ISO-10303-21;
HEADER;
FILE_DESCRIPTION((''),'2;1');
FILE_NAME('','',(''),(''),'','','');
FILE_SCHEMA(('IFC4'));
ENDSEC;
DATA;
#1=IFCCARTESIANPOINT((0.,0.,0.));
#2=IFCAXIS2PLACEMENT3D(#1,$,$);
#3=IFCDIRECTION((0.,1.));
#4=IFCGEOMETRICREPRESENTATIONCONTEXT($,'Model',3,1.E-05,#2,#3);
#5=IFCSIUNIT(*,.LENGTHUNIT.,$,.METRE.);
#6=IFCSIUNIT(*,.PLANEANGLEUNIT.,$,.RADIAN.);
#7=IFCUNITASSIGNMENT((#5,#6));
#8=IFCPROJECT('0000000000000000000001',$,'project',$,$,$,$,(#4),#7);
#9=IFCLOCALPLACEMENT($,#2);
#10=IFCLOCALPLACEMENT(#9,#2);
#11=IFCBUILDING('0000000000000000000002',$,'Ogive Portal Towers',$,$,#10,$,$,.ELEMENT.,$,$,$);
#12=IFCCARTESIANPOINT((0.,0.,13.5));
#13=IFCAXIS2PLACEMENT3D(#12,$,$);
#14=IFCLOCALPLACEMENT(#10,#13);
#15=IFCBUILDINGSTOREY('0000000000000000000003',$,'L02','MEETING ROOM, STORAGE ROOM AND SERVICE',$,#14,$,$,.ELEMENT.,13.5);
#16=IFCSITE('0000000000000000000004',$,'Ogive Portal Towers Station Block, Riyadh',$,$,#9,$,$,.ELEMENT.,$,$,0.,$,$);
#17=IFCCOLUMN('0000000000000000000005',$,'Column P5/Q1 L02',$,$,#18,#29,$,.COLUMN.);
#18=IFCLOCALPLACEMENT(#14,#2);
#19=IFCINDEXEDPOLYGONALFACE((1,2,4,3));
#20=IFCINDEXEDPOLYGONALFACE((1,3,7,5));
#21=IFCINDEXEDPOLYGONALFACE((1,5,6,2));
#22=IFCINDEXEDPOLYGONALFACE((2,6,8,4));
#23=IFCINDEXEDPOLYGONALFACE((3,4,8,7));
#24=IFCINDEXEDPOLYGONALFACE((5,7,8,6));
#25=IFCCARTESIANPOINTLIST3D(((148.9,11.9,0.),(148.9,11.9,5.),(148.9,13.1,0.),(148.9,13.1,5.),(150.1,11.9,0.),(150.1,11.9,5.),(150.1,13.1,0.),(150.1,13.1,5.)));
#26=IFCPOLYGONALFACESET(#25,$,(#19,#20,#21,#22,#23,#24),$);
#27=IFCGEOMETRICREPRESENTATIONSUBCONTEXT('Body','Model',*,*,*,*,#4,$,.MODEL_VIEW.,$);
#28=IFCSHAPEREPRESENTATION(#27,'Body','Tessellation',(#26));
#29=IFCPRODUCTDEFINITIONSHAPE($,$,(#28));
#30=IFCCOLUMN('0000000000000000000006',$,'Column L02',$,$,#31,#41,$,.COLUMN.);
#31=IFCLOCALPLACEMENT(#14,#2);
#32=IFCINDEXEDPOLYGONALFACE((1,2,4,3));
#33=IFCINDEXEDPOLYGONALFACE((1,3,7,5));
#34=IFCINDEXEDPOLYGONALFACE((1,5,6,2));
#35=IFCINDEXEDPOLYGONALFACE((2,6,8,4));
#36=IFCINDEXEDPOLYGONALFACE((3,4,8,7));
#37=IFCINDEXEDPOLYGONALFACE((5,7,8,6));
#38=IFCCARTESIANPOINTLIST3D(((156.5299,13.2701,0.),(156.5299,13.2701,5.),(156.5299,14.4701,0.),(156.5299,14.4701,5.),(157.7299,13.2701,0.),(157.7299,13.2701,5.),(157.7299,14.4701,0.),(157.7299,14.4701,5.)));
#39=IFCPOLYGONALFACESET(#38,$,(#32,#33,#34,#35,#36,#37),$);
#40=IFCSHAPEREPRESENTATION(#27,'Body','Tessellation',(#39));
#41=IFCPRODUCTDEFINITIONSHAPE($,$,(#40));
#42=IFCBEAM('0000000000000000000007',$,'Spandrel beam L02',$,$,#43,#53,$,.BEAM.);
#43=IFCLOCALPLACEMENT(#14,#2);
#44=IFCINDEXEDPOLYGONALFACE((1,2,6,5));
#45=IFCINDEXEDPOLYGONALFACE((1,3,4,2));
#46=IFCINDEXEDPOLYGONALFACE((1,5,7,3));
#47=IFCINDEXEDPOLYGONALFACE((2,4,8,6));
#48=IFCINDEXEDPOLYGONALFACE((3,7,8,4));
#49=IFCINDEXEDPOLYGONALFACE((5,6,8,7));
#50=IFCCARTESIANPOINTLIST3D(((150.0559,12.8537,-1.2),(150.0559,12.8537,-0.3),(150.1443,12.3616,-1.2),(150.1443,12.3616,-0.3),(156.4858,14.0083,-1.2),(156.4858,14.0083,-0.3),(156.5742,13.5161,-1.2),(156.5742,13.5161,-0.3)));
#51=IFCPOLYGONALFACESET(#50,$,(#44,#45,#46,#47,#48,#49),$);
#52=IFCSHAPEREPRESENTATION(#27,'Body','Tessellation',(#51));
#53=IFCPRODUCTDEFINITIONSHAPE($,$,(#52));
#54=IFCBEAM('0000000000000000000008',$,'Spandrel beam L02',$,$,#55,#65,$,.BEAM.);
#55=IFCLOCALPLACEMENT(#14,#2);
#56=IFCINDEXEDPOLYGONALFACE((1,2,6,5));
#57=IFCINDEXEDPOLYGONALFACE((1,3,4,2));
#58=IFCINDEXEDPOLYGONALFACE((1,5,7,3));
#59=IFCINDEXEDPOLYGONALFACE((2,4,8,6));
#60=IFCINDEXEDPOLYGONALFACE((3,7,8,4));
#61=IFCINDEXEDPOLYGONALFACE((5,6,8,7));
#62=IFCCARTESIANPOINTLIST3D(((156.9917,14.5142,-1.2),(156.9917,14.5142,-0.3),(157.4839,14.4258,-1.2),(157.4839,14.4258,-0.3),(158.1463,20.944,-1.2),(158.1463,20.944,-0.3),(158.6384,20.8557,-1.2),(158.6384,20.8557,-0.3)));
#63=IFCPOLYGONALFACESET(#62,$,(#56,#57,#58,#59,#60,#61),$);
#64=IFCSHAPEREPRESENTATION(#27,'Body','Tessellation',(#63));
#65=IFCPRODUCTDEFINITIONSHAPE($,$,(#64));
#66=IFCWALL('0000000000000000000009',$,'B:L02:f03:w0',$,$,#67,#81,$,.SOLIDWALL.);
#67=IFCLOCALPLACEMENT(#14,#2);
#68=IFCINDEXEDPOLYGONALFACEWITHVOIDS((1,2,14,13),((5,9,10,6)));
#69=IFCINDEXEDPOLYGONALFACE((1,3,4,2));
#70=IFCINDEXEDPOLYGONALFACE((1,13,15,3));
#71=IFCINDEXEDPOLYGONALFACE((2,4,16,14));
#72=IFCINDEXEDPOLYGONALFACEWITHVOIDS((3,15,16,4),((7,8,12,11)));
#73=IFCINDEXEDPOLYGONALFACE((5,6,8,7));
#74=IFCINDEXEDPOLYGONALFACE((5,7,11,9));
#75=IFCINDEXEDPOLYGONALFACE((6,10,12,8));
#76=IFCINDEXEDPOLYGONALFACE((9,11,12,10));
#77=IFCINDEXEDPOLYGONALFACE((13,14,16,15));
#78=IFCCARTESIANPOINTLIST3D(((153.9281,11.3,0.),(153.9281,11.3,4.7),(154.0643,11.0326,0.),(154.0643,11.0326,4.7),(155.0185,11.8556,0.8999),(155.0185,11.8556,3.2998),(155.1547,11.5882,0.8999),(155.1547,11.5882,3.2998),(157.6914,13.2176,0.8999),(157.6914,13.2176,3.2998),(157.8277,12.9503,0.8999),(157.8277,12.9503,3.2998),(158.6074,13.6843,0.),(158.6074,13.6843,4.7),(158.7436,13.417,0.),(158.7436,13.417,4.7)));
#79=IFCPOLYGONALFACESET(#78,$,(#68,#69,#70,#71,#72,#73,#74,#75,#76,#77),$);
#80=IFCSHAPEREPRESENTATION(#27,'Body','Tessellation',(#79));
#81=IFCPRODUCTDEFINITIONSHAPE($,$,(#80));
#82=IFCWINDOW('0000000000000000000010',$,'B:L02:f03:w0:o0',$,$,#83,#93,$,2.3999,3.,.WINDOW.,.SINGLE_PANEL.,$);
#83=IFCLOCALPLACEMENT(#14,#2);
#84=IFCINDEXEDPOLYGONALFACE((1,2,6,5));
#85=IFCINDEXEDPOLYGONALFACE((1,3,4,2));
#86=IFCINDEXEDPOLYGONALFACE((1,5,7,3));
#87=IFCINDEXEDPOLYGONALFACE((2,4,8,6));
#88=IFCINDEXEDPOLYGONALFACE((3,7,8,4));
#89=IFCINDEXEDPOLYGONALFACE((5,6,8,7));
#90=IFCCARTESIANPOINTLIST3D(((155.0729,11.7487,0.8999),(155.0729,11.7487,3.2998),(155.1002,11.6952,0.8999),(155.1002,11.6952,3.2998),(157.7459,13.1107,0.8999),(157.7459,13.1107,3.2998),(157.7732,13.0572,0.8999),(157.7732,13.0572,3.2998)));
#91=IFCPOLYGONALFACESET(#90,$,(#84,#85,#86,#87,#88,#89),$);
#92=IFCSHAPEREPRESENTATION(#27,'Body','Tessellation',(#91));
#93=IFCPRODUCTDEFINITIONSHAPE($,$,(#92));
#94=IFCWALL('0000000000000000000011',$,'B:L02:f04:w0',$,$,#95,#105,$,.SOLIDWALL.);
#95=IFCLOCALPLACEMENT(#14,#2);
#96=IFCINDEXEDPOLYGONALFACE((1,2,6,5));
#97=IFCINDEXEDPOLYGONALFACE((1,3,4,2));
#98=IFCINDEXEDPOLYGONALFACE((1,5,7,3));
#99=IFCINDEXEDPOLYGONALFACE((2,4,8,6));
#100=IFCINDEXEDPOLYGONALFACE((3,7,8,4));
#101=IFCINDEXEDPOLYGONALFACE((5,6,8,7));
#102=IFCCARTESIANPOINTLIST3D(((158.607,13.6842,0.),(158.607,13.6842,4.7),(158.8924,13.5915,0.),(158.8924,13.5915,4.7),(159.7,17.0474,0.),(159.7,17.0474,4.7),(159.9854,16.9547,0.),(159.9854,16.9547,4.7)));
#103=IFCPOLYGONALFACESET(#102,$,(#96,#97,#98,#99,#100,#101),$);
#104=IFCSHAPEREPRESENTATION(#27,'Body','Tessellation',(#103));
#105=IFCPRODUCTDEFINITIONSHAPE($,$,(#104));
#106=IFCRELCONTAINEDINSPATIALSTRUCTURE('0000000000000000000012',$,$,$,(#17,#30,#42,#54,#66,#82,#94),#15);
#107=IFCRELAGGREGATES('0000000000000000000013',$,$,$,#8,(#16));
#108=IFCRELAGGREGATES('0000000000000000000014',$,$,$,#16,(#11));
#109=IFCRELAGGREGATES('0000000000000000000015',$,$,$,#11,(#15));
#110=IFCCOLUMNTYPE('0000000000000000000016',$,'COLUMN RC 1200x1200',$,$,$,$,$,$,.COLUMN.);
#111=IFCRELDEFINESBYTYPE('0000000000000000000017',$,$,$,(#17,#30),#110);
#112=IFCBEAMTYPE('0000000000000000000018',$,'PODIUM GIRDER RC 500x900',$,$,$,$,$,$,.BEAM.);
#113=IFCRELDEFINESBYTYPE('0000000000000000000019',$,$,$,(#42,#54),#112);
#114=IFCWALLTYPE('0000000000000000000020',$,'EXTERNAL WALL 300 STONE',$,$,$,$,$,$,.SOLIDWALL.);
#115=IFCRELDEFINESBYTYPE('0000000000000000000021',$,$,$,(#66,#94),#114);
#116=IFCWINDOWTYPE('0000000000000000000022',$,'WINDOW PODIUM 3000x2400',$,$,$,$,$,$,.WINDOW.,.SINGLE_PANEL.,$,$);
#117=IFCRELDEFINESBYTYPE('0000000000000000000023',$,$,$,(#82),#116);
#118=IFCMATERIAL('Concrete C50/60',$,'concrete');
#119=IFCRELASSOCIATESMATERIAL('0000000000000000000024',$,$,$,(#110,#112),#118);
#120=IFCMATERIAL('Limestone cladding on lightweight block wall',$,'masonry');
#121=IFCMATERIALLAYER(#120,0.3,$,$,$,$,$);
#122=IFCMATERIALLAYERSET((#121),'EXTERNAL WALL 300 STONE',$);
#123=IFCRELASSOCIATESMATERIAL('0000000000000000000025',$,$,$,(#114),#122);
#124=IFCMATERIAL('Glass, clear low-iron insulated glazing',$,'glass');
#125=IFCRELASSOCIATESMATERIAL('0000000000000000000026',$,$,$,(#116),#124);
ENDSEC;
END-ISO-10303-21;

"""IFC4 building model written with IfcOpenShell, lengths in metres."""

from ifc_helpers import new_model, si_unit, direction, frame, frame_2d, origin, origin_2d, place, context, subcontext, project, spatial, rectangle, extrude, material, layer, layer_set, material_profile, profile_set, type_object, element, fill, save


model = new_model("IFC4")

# Units and contexts
model_context = context("Model", 3, precision=1e-05, world=origin(), true_north=direction((0.0, 1.0)))
body_context = subcontext(model_context, "Body", "Model", "MODEL_VIEW")
ifc_project = project(units=[si_unit("LENGTHUNIT", "METRE"), si_unit("PLANEANGLEUNIT", "RADIAN")], contexts=[model_context])

# Site, building, storey
site_placement = place(None, origin())
site = spatial("IfcSite", under=ifc_project, at=site_placement, Name="Ogive Portal Towers Station Block, Riyadh", CompositionType="ELEMENT", RefElevation=0.0)
building_placement = place(site_placement, origin())
building = spatial("IfcBuilding", under=site, at=building_placement, Name="Ogive Portal Towers", CompositionType="ELEMENT")
storey_placement = place(building_placement, frame((0.0, 0.0, 13.5)))
storey = spatial("IfcBuildingStorey", under=building, at=storey_placement, Name="L02", Description="MEETING ROOM, STORAGE ROOM AND SERVICE", CompositionType="ELEMENT", Elevation=13.5)

# Columns
ifc_material_1 = material(Name="Concrete C50/60", Category="concrete")
ifc_material_profile_1 = material_profile(ifc_material_1, rectangle(XDim=1.2, YDim=1.2, at=origin_2d()), Name="RC 1200x1200")
ifc_profile_set_1 = profile_set([ifc_material_profile_1], Name="Concrete C50/60")
column_type = type_object("IfcColumnType", Name="COLUMN RC 1200x1200", PredefinedType="COLUMN", material=ifc_profile_set_1)
for number, where, z_axis, x_axis, name in (
    (1, (149.5, 12.5, 0.0), (0.0, 0.0, 1.0), (1.0, 0.0, 0.0), "Column P5/Q1 L02"),
    (2, (157.1299, 13.8701, 0.0), (0.0, 0.0, 1.0), (1.0, 0.0, 0.0), "Column L02"),
):
    element("IfcColumn", number, at=place(storey_placement, frame(where, z_axis=z_axis, x_axis=x_axis)), inside=storey, type_object=column_type, Name=name, PredefinedType="COLUMN", context=body_context, shape_type="SweptSolid", body=[
        extrude(rectangle(XDim=1.2, YDim=1.2, at=origin_2d()), origin(), (0.0, 0.0, 1.0), 5.0),
    ])

# Beams
ifc_material_profile_2 = material_profile(ifc_material_1, rectangle(XDim=0.5, YDim=0.8999, at=origin_2d()), Name="RC 500x900")
ifc_profile_set_2 = profile_set([ifc_material_profile_2], Name="Concrete C50/60")
beam_type = type_object("IfcBeamType", Name="PODIUM GIRDER RC 500x900", PredefinedType="BEAM", material=ifc_profile_set_2)
for number, where, z_axis, x_axis, name in (
    (3, (150.1001, 12.6077, -0.75), (0.984259, 0.176731, 0.0), (-0.176731, 0.984259, 0.0), "Spandrel beam L02"),
    (4, (157.2378, 14.47, -0.75), (0.176731, 0.984259, 0.0), (-0.984259, 0.176731, 0.0), "Spandrel beam L02"),
):
    element("IfcBeam", number, at=place(storey_placement, frame(where, z_axis=z_axis, x_axis=x_axis)), inside=storey, type_object=beam_type, Name=name, PredefinedType="BEAM", context=body_context, shape_type="SweptSolid", body=[
        extrude(rectangle(XDim=0.5, YDim=0.8999, at=origin_2d()), origin(), (0.0, 0.0, 1.0), 6.5327),
    ])

# Wall, opening, window
ifc_material_2 = material(Name="Limestone cladding on lightweight block wall", Category="masonry")
ifc_layer_1 = layer(ifc_material_2, 0.3)
ifc_layer_set_1 = layer_set([ifc_layer_1], Name="EXTERNAL WALL 300 STONE")
wall_type_1 = type_object("IfcWallType", Name="EXTERNAL WALL 300 STONE", PredefinedType="SOLIDWALL", material=ifc_layer_set_1)
wall_1_placement = place(storey_placement, frame((153.9961, 11.1663, 0.0), z_axis=(0.0, 0.0, 1.0), x_axis=(0.890998, 0.454007, 0.0)))
wall_1 = element("IfcWall", 5, at=wall_1_placement, inside=storey, type_object=wall_type_1, Name="B:L02:f03:w0", PredefinedType="SOLIDWALL", context=body_context, shape_type="SweptSolid", body=[
    extrude(rectangle(XDim=5.2517, YDim=0.3, at=frame_2d((2.626, 0.0))), origin(), (0.0, 0.0, 1.0), 4.7),
])
opening_1_placement = place(wall_1_placement, frame((1.2239, 0.0, 0.8999)))
opening_1 = element("IfcOpeningElement", 6, at=opening_1_placement, cuts=wall_1, PredefinedType="OPENING", context=body_context, shape_type="SweptSolid", body=[
    extrude(rectangle(XDim=3.0, YDim=2.3999, at=frame_2d((1.5, 1.2))), frame((0.0, 0.1602, 0.0), z_axis=(0.0, -1.0, 0.0), x_axis=(1.0, 0.0, 0.0)), (0.0, 0.0, 1.0), 0.3201),
])
ifc_material_3 = material(Name="Glass, clear low-iron insulated glazing", Category="glass")
window_type = type_object("IfcWindowType", Name="WINDOW PODIUM 3000x2400", PartitioningType="SINGLE_PANEL", PredefinedType="WINDOW", material=ifc_material_3)
window_1_placement = place(opening_1_placement, origin())
window_1 = element("IfcWindow", 7, at=window_1_placement, inside=storey, type_object=window_type, Name="B:L02:f03:w0:o0", OverallHeight=2.3999, OverallWidth=3.0, PartitioningType="SINGLE_PANEL", PredefinedType="WINDOW", context=body_context, shape_type="SweptSolid", body=[
    extrude(rectangle(XDim=3.0, YDim=2.3999, at=frame_2d((1.5, 1.2))), frame((0.0, 0.03, 0.0), z_axis=(0.0, -1.0, 0.0), x_axis=(1.0, 0.0, 0.0)), (0.0, 0.0, 1.0), 0.0601),
])
fill(opening_1, window_1)

# Wall
wall_2_placement = place(storey_placement, frame((158.7498, 13.6379, 0.0), z_axis=(0.0, 0.0, 1.0), x_axis=(0.309074, 0.951038, 0.0)))
element("IfcWall", 8, at=wall_2_placement, inside=storey, type_object=wall_type_1, Name="B:L02:f04:w0", PredefinedType="SOLIDWALL", context=body_context, shape_type="SweptSolid", body=[
    extrude(rectangle(XDim=3.5364, YDim=0.3, at=frame_2d((1.7681, 0.0))), origin(), (0.0, 0.0, 1.0), 4.7),
])

save(model, "model.ifc")
